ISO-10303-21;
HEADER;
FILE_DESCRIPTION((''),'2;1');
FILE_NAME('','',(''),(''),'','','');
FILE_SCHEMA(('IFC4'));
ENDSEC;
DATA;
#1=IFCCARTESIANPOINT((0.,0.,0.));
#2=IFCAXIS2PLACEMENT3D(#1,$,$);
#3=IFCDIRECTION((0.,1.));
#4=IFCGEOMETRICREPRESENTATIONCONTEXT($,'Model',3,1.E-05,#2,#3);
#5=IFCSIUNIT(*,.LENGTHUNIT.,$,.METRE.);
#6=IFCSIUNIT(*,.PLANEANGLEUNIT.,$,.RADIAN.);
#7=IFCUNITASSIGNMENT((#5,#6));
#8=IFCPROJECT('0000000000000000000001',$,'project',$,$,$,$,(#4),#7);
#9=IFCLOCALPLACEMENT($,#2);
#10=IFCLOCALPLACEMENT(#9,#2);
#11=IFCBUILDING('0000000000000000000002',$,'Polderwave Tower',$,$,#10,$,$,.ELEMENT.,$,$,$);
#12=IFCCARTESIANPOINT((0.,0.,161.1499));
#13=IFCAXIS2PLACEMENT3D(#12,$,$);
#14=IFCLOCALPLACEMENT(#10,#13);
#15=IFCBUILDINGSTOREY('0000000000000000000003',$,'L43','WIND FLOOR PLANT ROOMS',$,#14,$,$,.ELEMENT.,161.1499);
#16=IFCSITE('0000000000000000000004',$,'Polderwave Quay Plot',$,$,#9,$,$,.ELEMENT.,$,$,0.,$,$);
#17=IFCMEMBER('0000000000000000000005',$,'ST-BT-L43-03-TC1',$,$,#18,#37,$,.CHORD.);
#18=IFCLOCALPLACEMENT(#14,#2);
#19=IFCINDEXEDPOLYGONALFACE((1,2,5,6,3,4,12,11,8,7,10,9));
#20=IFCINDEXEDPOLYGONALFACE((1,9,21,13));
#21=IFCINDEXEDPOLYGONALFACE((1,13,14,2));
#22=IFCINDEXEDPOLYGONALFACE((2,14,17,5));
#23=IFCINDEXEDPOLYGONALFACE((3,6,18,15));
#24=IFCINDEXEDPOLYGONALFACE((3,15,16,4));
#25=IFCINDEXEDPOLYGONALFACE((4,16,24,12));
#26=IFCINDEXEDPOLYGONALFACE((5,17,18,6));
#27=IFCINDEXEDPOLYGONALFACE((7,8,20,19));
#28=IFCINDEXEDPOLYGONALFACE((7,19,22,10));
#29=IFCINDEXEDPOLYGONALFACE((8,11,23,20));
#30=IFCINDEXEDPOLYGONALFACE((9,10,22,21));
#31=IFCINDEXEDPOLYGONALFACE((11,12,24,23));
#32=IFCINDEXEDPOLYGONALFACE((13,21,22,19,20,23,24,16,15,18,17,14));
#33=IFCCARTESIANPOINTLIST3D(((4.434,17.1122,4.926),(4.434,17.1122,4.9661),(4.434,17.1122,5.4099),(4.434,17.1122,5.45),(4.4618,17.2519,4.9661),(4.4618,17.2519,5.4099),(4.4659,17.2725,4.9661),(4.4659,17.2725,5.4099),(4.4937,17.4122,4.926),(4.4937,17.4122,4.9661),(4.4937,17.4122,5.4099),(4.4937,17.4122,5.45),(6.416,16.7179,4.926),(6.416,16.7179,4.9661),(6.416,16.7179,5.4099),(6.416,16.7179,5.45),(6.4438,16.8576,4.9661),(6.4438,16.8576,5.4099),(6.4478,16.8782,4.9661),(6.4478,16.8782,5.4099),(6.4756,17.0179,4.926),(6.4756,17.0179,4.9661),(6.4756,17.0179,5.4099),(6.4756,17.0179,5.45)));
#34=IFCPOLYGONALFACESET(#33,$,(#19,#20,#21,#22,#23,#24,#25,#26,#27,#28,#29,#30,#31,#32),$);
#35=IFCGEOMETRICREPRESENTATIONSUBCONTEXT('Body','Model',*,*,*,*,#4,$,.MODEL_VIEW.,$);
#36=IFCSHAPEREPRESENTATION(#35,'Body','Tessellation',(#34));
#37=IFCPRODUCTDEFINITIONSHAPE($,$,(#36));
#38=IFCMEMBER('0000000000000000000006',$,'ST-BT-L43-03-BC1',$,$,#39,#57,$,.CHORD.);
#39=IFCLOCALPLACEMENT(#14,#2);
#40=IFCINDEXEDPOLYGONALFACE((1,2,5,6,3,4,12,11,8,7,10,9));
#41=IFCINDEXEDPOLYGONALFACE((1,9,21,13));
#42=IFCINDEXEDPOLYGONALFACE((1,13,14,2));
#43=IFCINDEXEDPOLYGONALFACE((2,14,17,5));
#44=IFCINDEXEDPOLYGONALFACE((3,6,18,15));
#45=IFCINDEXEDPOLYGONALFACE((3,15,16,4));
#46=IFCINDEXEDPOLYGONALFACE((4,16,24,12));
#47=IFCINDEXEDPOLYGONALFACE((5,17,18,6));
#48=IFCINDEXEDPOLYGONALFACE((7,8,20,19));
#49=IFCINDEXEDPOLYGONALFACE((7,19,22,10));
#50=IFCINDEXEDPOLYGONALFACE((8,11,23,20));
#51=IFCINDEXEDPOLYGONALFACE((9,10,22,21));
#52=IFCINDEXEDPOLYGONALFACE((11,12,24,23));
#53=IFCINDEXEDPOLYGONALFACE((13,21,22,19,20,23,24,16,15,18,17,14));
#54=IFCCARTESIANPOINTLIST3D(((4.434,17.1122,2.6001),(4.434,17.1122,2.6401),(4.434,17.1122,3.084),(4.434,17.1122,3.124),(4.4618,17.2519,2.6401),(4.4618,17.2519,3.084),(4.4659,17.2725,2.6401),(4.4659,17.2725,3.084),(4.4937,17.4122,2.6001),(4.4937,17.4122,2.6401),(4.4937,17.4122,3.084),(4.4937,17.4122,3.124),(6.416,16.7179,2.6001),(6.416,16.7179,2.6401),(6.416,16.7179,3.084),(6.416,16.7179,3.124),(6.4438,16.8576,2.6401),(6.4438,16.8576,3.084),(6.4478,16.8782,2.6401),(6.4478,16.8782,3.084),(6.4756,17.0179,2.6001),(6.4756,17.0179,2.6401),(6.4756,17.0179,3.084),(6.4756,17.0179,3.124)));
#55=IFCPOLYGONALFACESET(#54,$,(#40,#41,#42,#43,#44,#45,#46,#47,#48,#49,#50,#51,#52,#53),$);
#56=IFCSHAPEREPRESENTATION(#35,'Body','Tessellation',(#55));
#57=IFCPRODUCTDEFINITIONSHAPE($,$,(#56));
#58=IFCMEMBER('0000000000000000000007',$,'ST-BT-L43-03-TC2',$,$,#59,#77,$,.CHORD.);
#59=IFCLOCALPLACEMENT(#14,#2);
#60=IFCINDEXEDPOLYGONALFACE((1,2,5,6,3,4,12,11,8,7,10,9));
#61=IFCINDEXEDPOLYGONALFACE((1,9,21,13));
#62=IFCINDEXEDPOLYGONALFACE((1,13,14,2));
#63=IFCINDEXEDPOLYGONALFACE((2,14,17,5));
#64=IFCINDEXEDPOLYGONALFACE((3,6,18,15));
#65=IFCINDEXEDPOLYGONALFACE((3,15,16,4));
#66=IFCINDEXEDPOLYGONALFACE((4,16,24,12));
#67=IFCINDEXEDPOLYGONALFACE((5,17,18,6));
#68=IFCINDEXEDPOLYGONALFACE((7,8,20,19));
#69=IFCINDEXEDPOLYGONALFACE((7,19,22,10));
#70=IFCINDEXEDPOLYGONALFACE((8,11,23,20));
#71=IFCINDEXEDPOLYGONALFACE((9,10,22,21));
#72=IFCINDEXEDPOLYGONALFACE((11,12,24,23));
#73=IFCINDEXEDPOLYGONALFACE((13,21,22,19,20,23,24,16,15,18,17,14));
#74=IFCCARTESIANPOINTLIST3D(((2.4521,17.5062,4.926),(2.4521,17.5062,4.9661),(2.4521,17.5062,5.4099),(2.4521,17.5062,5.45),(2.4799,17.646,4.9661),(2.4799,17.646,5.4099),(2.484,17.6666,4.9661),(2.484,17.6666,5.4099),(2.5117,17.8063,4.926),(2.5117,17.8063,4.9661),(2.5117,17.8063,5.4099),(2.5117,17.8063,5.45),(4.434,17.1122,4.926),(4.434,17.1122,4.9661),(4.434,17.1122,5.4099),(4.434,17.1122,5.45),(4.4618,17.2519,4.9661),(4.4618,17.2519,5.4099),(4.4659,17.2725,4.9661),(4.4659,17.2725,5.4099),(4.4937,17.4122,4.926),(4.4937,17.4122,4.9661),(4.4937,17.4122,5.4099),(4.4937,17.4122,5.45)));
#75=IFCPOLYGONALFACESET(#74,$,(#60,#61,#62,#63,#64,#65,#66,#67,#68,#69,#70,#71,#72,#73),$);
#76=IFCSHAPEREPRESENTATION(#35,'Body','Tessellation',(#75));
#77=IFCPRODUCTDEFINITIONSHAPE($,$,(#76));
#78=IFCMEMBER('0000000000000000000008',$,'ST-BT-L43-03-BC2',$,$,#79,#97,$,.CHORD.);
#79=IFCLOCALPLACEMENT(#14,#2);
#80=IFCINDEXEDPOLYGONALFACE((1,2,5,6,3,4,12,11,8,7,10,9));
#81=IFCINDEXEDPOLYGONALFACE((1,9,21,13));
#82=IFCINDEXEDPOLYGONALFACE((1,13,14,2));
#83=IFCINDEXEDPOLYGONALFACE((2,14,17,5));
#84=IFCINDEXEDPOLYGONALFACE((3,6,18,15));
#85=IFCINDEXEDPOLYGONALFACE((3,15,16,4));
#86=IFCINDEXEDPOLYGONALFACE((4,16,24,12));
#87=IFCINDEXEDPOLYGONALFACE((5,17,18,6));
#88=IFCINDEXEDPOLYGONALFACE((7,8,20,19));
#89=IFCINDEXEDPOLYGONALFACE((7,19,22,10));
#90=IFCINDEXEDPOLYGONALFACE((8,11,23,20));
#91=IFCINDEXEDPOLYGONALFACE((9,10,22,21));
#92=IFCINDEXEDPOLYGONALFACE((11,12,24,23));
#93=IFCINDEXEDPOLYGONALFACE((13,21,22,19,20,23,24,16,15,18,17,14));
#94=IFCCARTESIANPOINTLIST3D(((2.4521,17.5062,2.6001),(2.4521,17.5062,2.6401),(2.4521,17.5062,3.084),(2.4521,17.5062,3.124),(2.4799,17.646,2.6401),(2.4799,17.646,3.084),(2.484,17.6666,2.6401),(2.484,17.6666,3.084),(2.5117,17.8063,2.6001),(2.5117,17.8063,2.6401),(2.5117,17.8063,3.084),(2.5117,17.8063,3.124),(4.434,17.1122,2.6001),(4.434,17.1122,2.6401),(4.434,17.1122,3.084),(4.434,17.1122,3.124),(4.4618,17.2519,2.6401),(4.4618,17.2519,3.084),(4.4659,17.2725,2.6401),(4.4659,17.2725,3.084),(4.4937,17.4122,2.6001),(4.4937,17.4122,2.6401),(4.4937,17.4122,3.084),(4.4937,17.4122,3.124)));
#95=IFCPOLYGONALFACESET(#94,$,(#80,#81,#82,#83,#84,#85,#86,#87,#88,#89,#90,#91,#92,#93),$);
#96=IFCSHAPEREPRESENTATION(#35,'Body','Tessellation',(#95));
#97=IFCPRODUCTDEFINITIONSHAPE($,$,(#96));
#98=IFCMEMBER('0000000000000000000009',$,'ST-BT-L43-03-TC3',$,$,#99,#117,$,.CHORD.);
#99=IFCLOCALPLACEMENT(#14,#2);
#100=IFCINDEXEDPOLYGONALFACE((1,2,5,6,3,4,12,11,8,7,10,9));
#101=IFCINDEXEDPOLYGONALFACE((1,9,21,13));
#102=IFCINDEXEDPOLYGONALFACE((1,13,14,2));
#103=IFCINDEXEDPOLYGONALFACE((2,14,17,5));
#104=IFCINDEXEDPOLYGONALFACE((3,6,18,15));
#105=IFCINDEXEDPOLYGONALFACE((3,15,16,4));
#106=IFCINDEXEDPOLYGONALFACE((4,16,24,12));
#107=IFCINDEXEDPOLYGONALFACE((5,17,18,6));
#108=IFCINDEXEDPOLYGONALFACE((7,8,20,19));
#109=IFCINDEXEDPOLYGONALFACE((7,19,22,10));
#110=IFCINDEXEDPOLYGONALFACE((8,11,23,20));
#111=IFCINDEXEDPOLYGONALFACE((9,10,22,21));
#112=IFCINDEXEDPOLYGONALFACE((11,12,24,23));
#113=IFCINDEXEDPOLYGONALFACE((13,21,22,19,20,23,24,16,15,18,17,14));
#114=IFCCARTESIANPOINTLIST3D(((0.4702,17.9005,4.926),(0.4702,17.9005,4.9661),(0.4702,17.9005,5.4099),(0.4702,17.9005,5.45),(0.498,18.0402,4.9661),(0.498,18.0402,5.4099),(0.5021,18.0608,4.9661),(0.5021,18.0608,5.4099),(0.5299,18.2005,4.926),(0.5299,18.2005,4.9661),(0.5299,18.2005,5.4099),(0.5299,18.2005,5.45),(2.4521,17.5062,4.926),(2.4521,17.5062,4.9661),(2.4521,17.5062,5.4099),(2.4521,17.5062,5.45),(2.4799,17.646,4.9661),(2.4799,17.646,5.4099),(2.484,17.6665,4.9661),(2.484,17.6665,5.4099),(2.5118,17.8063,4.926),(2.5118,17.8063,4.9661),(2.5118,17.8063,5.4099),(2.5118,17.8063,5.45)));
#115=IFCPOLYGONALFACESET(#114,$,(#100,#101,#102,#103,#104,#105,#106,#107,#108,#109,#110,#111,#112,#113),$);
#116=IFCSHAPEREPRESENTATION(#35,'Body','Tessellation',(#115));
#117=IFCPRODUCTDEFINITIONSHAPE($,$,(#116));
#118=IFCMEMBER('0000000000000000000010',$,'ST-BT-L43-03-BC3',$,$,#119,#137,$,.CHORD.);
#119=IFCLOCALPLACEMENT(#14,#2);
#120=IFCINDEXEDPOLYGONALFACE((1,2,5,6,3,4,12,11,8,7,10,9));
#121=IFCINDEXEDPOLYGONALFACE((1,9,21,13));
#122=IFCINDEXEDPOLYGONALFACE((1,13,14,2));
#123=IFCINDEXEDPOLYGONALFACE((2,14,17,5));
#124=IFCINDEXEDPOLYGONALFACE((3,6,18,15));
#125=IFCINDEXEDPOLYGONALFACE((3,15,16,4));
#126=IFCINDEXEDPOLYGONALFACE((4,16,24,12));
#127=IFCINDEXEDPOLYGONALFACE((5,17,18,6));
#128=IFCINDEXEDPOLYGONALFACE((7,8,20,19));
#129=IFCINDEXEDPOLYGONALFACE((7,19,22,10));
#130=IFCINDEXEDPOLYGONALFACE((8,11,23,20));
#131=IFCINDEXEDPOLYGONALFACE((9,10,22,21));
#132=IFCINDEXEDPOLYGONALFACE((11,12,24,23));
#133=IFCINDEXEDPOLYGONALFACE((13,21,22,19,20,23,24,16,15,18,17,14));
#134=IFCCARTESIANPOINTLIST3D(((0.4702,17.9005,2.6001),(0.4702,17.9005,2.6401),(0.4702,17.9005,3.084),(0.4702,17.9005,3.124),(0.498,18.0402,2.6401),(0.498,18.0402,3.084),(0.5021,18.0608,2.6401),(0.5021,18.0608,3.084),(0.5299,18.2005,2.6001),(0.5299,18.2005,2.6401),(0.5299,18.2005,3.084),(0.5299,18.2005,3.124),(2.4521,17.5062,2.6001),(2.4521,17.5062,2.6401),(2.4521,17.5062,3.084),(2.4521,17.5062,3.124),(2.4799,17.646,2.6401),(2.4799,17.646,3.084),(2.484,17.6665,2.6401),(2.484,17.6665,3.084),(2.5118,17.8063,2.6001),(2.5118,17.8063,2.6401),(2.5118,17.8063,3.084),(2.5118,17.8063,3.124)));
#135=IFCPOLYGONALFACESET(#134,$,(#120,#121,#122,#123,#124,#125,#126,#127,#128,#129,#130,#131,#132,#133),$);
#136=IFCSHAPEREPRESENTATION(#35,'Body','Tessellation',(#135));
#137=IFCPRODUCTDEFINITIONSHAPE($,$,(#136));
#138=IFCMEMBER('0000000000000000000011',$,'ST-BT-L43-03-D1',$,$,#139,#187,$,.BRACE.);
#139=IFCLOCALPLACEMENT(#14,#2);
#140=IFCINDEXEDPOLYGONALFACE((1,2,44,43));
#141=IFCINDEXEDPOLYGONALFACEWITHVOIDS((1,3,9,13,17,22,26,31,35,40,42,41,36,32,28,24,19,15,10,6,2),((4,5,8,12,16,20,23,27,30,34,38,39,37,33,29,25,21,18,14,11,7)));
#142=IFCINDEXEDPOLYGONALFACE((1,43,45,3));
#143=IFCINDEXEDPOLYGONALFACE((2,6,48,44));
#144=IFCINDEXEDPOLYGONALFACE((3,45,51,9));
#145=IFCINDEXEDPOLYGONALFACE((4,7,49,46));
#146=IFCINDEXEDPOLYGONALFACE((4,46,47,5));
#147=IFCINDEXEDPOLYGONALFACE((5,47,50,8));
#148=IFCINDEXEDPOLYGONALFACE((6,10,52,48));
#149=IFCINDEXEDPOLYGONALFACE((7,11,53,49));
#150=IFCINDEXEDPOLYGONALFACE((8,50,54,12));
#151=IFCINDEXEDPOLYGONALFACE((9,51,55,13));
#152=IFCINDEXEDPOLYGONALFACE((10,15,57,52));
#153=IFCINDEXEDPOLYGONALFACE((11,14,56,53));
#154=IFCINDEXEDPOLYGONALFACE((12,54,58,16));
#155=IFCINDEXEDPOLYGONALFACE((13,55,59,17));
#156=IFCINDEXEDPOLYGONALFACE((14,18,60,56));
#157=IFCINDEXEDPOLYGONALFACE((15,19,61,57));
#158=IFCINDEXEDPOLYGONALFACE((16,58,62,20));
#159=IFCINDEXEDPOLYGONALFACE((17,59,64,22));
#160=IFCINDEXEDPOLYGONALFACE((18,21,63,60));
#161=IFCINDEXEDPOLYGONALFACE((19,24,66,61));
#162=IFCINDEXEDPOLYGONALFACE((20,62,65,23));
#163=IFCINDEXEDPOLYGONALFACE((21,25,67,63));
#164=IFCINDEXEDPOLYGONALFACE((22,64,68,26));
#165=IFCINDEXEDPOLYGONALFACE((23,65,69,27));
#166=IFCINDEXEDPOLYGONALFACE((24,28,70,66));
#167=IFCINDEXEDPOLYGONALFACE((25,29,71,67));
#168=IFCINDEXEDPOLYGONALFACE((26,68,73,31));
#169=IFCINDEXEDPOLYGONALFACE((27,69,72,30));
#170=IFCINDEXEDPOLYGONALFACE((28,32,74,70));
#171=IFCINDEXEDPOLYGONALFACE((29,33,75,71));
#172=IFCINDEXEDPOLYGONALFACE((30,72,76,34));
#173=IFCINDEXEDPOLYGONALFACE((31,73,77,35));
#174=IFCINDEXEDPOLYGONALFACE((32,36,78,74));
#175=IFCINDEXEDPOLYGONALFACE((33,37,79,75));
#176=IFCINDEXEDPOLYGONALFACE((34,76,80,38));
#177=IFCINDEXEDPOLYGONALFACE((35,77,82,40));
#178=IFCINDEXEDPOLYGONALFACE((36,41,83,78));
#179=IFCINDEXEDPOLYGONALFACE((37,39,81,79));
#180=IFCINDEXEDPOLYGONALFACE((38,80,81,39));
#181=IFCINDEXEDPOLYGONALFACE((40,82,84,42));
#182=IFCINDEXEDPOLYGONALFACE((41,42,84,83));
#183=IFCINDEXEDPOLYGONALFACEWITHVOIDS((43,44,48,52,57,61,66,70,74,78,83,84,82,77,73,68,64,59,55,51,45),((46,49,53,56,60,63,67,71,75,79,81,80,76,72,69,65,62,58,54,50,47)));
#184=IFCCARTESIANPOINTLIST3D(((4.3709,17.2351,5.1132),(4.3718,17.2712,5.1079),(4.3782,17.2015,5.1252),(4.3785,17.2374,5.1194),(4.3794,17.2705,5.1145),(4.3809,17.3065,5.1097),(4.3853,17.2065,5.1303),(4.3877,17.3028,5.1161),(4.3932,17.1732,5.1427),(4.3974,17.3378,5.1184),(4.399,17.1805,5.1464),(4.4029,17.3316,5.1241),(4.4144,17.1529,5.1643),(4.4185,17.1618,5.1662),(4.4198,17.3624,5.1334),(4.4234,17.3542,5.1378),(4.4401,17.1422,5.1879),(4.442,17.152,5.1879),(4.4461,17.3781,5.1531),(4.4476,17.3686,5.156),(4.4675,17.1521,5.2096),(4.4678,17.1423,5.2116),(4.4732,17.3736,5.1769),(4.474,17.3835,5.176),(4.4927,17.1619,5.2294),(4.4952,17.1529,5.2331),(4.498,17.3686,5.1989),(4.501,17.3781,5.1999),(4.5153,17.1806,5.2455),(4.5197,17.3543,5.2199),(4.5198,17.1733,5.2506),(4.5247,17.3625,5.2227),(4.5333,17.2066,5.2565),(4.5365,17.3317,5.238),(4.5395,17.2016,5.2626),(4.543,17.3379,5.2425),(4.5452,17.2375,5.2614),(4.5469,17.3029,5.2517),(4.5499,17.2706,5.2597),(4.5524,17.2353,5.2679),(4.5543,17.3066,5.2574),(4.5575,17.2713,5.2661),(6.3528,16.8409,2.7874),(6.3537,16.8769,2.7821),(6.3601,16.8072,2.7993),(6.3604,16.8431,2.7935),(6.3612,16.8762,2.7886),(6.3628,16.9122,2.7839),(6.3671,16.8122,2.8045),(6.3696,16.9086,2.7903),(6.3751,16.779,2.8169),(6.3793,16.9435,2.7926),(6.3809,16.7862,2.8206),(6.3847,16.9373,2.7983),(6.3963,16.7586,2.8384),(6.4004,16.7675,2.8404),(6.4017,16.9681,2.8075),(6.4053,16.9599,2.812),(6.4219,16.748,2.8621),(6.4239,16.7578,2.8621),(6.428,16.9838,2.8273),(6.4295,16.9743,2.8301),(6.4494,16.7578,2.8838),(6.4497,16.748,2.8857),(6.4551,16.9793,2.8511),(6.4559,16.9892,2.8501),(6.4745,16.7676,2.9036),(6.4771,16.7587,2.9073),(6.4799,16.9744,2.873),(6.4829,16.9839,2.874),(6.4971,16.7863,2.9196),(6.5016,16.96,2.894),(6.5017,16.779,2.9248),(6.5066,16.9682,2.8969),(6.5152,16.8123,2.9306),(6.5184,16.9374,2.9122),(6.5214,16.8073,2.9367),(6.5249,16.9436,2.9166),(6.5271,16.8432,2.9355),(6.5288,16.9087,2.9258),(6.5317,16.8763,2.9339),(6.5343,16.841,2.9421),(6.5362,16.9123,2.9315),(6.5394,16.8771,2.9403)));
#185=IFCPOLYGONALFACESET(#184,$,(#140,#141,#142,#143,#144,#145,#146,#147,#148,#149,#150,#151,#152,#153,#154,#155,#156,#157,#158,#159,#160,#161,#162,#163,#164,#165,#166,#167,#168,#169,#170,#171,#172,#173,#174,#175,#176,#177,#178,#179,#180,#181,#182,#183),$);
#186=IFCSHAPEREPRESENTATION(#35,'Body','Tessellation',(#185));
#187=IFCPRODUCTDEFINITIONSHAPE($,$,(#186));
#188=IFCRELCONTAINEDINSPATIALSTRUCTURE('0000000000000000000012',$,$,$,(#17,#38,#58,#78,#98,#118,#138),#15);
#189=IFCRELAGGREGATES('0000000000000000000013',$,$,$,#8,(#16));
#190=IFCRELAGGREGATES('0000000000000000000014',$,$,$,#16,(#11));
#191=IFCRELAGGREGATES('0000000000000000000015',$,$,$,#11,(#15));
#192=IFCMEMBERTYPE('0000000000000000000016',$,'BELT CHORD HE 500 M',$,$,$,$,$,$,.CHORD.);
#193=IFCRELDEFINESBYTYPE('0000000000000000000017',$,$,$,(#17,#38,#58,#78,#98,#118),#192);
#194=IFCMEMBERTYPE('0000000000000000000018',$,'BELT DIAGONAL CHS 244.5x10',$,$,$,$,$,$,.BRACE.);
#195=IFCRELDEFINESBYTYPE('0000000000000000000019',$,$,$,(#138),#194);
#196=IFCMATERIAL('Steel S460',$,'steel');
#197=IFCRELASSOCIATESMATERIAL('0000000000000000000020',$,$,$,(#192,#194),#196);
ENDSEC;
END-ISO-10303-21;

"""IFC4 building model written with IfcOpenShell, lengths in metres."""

from ifc_helpers import new_model, si_unit, direction, frame, origin, origin_2d, place, context, subcontext, project, spatial, hollow_circle, i_section, extrude, material, material_profile, profile_set, type_object, element, save


model = new_model("IFC4")

# Units and contexts
model_context = context("Model", 3, precision=1e-05, world=origin(), true_north=direction((0.0, 1.0)))
body_context = subcontext(model_context, "Body", "Model", "MODEL_VIEW")
ifc_project = project(units=[si_unit("LENGTHUNIT", "METRE"), si_unit("PLANEANGLEUNIT", "RADIAN")], contexts=[model_context])

# Site, building, storey
site_placement = place(None, origin())
site = spatial("IfcSite", under=ifc_project, at=site_placement, Name="Polderwave Quay Plot", CompositionType="ELEMENT", RefElevation=0.0)
building_placement = place(site_placement, origin())
building = spatial("IfcBuilding", under=site, at=building_placement, Name="Polderwave Tower", CompositionType="ELEMENT")
storey_placement = place(building_placement, frame((0.0, 0.0, 161.1499)))
storey = spatial("IfcBuildingStorey", under=building, at=storey_placement, Name="L43", Description="WIND FLOOR PLANT ROOMS", CompositionType="ELEMENT", Elevation=161.1499)

# Members
ifc_material_1 = material(Name="Steel S460", Category="steel")
ifc_material_profile_1 = material_profile(ifc_material_1, i_section(OverallWidth=0.3059, OverallDepth=0.5239, WebThickness=0.021, FlangeThickness=0.04, at=origin_2d()), Name="HE 500 M")
ifc_profile_set_1 = profile_set([ifc_material_profile_1], Name="Steel S460")
member_type_1 = type_object("IfcMemberType", Name="BELT CHORD HE 500 M", PredefinedType="CHORD", material=ifc_profile_set_1)
for number, where, z_axis, x_axis, name in (
    (1, (6.4458, 16.8679, 5.188), (-0.98078, 0.195117, 0.0), (-0.195117, -0.98078, 0.0), "ST-BT-L43-03-TC1"),
    (2, (6.4458, 16.8679, 2.8621), (-0.98078, 0.195117, 0.0), (-0.195117, -0.98078, 0.0), "ST-BT-L43-03-BC1"),
    (3, (4.4639, 17.2622, 5.188), (-0.980803, 0.195001, 0.0), (-0.195001, -0.980803, 0.0), "ST-BT-L43-03-TC2"),
    (4, (4.4639, 17.2622, 2.8621), (-0.980803, 0.195001, 0.0), (-0.195001, -0.980803, 0.0), "ST-BT-L43-03-BC2"),
    (5, (2.4819, 17.6562, 5.188), (-0.98078, 0.195117, 0.0), (-0.195117, -0.98078, 0.0), "ST-BT-L43-03-TC3"),
    (6, (2.4819, 17.6562, 2.8621), (-0.98078, 0.195117, 0.0), (-0.195117, -0.98078, 0.0), "ST-BT-L43-03-BC3"),
):
    element("IfcMember", number, at=place(storey_placement, frame(where, z_axis=z_axis, x_axis=x_axis)), inside=storey, type_object=member_type_1, Name=name, PredefinedType="CHORD", context=body_context, shape_type="SweptSolid", body=[
        extrude(i_section(OverallWidth=0.3059, OverallDepth=0.5239, WebThickness=0.021, FlangeThickness=0.04, at=origin_2d()), origin(), (0.0, 0.0, 1.0), 2.0208),
    ])
ifc_material_profile_2 = material_profile(ifc_material_1, hollow_circle(Radius=0.1223, WallThickness=0.01, at=origin_2d()), Name="CHS 244.5x10")
ifc_profile_set_2 = profile_set([ifc_material_profile_2], Name="Steel S460")
member_type_2 = type_object("IfcMemberType", Name="BELT DIAGONAL CHS 244.5x10", PredefinedType="BRACE", material=ifc_profile_set_2)
for number, where, z_axis, x_axis, name in (
    (7, (6.4458, 16.8679, 2.8621), (-0.643246, 0.127968, 0.75489), (-0.195117, -0.98078, 0.0), "ST-BT-L43-03-D1"),
):
    element("IfcMember", number, at=place(storey_placement, frame(where, z_axis=z_axis, x_axis=x_axis)), inside=storey, type_object=member_type_2, Name=name, PredefinedType="BRACE", context=body_context, shape_type="SweptSolid", body=[
        extrude(hollow_circle(Radius=0.1223, WallThickness=0.01, at=origin_2d()), origin(), (0.0, 0.0, 1.0), 3.0811),
    ])

save(model, "model.ifc")
